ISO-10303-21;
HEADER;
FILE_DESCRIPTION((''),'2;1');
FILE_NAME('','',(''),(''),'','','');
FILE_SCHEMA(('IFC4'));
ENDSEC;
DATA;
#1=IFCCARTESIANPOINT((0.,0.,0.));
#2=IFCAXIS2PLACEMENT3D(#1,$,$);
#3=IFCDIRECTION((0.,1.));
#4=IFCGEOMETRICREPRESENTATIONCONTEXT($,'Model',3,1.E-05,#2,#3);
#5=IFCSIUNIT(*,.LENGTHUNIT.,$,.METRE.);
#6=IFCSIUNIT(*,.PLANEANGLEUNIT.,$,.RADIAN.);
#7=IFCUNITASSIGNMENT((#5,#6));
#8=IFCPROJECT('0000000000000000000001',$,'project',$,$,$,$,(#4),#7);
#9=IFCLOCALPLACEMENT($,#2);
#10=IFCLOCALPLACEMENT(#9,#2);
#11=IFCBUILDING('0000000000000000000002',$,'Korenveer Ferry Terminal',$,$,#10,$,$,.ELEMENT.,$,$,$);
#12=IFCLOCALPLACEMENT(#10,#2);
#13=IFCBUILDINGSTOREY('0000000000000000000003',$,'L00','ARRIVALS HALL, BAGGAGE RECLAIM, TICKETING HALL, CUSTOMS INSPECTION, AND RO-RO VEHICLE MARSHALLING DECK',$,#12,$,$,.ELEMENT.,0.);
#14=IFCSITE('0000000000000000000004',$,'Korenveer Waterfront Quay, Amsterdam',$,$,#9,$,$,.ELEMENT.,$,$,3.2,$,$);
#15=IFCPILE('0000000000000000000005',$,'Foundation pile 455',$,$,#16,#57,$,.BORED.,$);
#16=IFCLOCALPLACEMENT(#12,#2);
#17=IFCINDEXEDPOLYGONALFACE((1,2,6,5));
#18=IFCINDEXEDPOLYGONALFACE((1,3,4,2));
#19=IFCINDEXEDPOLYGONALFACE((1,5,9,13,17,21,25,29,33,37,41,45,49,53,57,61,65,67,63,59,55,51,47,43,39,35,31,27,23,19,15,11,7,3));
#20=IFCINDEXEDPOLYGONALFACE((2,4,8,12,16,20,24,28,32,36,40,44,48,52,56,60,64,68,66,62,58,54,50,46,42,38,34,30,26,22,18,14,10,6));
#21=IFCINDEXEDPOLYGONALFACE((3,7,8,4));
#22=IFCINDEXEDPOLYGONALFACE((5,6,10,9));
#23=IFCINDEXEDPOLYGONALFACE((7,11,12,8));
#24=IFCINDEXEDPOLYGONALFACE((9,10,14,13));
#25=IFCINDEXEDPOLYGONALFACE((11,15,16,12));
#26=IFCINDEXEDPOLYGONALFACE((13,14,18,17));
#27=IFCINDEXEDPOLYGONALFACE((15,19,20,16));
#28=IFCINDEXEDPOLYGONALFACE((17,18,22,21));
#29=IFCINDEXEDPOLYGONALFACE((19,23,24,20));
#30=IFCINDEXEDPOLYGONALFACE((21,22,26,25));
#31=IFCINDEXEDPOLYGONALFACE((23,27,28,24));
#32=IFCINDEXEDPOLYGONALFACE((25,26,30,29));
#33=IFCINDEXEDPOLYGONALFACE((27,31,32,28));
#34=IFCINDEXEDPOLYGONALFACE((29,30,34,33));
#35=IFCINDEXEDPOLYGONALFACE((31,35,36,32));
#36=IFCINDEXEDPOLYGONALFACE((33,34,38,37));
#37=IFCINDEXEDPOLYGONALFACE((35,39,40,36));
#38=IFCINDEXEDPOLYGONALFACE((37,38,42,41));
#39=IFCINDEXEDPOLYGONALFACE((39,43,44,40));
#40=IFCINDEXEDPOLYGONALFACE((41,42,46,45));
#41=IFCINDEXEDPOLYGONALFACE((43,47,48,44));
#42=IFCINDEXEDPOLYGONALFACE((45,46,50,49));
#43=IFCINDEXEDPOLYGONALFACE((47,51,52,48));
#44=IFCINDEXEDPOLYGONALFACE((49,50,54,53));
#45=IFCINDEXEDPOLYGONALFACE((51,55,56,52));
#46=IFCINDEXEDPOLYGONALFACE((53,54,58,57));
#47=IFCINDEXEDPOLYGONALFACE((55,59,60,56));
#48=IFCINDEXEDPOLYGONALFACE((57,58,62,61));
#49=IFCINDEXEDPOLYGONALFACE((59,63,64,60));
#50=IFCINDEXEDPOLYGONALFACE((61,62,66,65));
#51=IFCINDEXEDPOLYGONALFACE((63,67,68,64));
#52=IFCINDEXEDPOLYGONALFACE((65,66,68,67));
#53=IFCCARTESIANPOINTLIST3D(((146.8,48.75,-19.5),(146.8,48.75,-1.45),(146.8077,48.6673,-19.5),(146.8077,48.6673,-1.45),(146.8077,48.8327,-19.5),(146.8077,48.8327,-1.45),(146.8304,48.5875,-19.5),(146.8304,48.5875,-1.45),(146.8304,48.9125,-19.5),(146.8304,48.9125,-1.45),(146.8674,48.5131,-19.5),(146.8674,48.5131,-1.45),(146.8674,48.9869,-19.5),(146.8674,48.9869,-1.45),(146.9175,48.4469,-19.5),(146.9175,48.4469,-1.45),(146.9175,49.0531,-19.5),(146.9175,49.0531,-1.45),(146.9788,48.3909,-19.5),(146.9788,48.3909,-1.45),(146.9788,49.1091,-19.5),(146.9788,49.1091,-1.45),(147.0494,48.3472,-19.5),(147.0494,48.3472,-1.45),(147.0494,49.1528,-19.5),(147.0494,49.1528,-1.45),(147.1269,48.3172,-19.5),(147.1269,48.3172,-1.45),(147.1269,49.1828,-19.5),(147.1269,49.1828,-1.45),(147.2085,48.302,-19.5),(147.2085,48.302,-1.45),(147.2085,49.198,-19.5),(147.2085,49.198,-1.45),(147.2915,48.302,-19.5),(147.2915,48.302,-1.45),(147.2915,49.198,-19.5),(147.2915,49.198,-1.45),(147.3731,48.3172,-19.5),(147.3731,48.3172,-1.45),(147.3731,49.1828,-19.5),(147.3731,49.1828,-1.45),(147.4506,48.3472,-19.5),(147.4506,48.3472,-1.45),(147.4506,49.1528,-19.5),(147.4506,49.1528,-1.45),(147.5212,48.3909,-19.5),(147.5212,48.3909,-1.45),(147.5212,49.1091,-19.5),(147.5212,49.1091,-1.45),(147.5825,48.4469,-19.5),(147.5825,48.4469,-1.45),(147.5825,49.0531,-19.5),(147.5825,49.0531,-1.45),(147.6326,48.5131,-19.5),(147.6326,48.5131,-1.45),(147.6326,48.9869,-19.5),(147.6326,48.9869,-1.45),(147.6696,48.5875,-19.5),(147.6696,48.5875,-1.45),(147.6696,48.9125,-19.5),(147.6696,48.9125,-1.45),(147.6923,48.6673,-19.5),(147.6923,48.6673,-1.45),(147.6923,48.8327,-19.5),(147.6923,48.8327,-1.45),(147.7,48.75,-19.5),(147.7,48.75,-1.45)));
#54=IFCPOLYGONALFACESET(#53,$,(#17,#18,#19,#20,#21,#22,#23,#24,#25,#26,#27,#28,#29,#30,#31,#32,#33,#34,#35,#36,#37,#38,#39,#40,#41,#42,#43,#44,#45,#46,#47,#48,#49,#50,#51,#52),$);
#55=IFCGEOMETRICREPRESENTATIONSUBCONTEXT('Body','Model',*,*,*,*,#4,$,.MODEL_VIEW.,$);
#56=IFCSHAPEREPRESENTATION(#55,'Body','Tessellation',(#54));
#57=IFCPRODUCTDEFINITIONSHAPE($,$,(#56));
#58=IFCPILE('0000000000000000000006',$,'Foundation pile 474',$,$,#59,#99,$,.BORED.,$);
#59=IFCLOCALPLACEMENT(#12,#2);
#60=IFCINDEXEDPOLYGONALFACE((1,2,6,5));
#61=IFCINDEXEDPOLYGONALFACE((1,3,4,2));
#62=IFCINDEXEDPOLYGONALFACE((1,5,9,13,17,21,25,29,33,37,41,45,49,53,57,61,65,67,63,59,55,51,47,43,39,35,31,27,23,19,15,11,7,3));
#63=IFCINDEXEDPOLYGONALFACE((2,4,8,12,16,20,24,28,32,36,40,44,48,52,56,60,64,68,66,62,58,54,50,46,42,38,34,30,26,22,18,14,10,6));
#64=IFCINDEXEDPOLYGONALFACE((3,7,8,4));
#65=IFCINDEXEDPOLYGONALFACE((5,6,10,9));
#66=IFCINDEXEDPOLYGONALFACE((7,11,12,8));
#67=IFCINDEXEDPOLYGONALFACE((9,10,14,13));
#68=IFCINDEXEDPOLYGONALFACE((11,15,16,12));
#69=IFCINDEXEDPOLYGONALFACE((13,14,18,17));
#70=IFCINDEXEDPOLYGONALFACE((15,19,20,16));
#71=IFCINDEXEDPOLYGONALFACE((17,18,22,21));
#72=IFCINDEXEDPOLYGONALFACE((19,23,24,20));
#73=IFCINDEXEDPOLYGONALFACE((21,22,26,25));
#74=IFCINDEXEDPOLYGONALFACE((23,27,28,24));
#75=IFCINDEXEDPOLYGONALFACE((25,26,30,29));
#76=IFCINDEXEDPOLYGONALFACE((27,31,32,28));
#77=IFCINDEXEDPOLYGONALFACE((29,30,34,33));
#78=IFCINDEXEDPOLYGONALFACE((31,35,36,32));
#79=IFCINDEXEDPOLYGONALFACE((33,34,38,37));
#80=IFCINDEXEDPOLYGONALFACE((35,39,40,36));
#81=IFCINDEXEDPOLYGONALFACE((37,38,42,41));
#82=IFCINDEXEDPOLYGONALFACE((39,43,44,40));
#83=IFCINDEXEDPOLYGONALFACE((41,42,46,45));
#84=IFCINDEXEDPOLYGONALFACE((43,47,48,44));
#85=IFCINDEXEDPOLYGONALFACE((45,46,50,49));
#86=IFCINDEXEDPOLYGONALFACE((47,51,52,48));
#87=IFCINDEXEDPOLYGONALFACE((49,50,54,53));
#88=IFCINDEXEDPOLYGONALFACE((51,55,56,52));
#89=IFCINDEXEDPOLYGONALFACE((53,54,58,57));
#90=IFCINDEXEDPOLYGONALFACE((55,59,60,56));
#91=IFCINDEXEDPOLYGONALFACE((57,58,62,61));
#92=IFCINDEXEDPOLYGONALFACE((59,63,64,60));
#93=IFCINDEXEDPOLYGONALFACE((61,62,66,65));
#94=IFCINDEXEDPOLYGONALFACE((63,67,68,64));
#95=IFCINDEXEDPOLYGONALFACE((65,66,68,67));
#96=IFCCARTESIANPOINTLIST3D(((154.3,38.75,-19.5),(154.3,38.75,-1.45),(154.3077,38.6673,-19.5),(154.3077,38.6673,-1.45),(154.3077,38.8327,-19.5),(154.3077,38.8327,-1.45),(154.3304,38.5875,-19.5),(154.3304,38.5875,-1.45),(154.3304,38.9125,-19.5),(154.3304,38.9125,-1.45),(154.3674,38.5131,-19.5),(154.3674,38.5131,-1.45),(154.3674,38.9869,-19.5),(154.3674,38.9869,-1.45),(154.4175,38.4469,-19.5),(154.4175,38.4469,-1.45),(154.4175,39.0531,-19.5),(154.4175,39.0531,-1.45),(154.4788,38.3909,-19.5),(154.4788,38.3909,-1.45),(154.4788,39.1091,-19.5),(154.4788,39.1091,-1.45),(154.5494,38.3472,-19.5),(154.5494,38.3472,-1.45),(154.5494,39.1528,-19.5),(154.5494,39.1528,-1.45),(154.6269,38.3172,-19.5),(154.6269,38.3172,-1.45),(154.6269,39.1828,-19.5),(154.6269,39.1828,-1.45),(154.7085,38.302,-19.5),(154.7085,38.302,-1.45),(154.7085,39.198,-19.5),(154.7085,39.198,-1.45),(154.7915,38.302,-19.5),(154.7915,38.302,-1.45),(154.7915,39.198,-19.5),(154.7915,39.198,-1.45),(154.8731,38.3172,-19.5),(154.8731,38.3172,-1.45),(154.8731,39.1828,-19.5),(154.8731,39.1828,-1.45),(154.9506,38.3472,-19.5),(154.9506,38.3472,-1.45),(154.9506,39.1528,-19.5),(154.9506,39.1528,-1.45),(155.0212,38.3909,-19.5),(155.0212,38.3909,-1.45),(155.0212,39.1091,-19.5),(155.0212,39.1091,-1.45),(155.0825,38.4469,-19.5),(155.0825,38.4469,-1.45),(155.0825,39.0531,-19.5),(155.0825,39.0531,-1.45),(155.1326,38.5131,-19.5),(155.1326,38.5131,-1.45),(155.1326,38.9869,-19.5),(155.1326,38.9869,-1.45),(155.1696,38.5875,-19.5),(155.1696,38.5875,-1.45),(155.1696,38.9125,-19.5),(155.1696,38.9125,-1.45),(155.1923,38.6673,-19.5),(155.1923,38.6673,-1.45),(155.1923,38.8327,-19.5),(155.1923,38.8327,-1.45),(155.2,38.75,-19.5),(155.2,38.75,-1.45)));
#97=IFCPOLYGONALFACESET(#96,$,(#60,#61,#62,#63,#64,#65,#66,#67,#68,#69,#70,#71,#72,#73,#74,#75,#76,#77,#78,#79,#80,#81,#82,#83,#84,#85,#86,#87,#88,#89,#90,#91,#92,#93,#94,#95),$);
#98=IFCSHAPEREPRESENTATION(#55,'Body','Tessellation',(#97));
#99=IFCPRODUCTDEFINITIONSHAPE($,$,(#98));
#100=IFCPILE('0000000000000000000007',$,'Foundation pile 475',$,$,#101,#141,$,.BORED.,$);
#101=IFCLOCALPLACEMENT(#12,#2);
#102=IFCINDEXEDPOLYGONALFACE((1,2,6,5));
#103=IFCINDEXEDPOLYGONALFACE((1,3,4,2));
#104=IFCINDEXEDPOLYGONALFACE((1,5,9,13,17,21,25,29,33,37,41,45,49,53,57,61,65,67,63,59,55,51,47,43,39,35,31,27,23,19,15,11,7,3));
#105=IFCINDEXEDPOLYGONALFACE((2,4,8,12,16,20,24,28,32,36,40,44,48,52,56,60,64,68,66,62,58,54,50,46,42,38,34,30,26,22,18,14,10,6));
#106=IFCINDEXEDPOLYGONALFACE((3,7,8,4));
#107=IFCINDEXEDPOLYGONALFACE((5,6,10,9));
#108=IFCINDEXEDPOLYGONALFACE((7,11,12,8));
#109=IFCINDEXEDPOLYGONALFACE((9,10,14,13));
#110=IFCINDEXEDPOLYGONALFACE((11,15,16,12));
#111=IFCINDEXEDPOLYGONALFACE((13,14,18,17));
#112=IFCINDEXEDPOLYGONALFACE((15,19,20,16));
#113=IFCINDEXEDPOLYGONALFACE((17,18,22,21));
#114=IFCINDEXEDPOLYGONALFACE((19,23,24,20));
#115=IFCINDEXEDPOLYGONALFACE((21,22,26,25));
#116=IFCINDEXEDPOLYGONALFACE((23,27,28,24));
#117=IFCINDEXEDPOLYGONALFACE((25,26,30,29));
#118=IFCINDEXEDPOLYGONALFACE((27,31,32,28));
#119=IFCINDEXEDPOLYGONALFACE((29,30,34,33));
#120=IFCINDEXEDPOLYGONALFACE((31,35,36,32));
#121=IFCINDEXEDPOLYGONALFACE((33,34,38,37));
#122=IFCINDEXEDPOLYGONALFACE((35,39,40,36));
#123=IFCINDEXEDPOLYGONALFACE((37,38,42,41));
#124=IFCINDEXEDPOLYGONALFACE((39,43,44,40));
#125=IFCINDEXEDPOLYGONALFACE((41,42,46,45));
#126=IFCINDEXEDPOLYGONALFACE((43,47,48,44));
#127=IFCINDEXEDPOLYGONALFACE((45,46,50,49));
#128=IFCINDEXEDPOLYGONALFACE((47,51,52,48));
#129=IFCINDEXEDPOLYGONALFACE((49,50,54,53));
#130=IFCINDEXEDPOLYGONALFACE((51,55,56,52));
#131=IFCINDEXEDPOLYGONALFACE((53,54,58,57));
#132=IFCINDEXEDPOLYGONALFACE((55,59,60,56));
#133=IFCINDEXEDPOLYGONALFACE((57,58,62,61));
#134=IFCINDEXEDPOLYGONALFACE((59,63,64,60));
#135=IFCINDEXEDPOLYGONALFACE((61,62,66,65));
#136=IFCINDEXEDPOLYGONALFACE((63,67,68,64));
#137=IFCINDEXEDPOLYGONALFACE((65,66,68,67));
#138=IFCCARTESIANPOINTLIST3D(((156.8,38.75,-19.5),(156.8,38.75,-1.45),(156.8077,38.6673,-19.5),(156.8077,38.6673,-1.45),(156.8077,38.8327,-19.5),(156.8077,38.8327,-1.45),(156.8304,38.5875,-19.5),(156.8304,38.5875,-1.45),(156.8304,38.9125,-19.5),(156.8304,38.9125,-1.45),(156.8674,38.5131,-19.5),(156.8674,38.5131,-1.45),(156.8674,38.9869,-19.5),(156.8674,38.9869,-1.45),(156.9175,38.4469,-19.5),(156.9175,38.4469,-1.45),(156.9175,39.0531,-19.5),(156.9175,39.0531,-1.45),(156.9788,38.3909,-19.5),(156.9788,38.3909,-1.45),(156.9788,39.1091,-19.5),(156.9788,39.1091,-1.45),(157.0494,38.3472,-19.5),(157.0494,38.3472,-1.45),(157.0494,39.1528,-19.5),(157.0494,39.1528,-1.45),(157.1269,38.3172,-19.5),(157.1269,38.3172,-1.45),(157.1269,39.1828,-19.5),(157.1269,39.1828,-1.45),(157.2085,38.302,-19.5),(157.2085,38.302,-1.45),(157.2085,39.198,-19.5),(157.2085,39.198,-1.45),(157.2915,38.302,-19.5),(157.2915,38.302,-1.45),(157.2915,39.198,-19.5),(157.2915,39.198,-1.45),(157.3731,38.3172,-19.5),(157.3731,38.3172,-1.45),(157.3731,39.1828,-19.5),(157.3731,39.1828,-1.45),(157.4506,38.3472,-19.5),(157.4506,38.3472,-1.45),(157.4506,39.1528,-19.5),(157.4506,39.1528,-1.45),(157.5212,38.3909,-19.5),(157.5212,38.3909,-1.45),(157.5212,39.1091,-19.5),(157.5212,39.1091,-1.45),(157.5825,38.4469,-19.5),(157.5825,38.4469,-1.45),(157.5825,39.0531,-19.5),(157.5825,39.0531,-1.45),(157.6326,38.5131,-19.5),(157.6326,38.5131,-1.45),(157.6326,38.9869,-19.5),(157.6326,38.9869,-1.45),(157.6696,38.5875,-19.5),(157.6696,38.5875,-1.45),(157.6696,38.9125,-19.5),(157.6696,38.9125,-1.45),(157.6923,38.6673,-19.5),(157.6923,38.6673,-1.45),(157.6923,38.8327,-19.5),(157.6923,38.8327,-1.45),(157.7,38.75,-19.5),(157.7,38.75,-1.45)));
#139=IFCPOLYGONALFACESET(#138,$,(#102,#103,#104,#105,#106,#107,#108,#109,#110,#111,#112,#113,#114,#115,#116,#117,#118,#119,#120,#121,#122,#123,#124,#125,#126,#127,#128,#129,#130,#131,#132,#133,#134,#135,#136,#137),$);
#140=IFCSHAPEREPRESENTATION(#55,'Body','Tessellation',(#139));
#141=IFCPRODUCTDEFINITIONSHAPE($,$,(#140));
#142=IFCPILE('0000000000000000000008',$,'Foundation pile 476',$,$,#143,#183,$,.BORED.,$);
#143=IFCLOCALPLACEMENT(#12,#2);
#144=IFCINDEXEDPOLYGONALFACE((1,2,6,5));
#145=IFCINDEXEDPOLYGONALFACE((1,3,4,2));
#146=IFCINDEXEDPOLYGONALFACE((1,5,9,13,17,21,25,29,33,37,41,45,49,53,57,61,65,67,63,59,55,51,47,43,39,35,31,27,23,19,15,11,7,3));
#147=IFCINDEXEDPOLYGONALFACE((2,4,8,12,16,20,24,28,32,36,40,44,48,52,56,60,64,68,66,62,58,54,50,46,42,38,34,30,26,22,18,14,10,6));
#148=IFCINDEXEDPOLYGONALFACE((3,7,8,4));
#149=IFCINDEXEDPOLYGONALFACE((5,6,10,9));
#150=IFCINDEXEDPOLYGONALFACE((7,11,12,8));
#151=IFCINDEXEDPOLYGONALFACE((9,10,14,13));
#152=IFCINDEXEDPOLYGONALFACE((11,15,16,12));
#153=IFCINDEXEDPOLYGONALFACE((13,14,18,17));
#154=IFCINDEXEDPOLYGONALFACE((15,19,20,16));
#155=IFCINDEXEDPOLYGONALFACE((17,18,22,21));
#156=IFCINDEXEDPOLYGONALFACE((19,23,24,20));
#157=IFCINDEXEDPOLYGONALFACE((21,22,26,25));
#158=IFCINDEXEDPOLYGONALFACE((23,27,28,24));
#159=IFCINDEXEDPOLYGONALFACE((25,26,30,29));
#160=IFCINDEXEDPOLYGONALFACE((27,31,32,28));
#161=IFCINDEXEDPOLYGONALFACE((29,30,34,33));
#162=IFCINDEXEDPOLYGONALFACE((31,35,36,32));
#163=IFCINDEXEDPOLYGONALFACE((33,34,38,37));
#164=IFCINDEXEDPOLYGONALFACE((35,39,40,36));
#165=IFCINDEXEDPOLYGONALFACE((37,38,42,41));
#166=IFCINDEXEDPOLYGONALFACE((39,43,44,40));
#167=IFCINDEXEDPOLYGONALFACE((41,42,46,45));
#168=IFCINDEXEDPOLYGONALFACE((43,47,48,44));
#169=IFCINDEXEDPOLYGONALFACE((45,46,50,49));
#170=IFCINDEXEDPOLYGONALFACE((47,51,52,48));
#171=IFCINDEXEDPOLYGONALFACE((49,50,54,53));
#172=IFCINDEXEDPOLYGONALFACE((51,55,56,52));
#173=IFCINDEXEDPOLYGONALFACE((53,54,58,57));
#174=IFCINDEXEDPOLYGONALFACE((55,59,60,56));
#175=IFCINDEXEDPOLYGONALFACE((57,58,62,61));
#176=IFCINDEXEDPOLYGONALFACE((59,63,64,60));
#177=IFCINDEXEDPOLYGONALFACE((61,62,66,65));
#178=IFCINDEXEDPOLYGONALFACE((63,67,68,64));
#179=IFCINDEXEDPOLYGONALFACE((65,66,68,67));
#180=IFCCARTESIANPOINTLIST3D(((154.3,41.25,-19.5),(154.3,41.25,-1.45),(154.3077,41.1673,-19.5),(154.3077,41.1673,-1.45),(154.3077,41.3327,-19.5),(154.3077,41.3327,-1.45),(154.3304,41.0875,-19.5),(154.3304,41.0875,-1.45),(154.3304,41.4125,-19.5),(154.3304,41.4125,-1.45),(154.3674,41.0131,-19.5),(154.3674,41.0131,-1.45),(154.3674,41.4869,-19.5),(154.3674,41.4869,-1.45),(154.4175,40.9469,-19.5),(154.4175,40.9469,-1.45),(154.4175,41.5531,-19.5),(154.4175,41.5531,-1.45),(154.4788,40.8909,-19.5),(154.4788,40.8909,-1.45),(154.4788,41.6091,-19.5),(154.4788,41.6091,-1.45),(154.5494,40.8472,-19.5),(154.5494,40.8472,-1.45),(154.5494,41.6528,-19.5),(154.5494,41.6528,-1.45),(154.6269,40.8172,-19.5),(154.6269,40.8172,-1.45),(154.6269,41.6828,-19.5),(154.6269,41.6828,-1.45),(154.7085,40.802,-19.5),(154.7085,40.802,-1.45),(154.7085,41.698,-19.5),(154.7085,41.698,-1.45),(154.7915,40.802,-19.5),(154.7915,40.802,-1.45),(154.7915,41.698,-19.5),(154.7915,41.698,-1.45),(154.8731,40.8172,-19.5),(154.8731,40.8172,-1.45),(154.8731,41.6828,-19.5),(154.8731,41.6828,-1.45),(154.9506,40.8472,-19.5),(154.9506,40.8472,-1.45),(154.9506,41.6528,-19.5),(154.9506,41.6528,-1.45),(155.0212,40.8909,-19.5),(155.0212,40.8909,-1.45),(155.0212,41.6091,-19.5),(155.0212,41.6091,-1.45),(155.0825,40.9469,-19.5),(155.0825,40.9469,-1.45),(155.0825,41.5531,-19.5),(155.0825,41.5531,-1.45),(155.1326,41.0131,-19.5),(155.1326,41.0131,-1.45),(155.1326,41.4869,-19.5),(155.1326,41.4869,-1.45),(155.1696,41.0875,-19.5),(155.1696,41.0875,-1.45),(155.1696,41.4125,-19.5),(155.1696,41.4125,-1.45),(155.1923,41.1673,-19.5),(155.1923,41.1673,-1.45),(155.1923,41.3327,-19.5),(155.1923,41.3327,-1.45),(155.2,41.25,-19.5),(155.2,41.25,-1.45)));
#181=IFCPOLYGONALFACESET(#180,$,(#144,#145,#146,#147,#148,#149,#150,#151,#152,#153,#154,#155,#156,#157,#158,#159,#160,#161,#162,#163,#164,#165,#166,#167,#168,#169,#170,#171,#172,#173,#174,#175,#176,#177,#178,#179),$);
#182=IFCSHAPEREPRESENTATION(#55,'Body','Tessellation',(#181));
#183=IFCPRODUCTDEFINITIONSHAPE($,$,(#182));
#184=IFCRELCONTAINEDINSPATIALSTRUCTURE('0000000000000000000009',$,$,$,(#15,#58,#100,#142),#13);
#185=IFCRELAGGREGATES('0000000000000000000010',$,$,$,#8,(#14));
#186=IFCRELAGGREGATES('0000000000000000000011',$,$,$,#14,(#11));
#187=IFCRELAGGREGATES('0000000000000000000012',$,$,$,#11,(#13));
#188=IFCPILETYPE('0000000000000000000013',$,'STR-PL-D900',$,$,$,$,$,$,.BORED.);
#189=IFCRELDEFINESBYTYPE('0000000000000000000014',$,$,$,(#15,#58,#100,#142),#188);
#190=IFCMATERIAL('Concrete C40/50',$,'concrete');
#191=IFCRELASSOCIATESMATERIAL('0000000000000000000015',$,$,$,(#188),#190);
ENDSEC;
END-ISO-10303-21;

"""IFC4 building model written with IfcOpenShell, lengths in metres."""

from ifc_helpers import new_model, si_unit, direction, frame, origin, origin_2d, place, context, subcontext, project, spatial, circle, extrude, material, material_profile, profile_set, type_object, element, save


model = new_model("IFC4")

# Units and contexts
model_context = context("Model", 3, precision=1e-05, world=origin(), true_north=direction((0.0, 1.0)))
body_context = subcontext(model_context, "Body", "Model", "MODEL_VIEW")
ifc_project = project(units=[si_unit("LENGTHUNIT", "METRE"), si_unit("PLANEANGLEUNIT", "RADIAN")], contexts=[model_context])

# Site, building, storey
site_placement = place(None, origin())
site = spatial("IfcSite", under=ifc_project, at=site_placement, Name="Korenveer Waterfront Quay, Amsterdam", CompositionType="ELEMENT", RefElevation=3.2)
building_placement = place(site_placement, origin())
building = spatial("IfcBuilding", under=site, at=building_placement, Name="Korenveer Ferry Terminal", CompositionType="ELEMENT")
storey_placement = place(building_placement, origin())
storey = spatial("IfcBuildingStorey", under=building, at=storey_placement, Name="L00", Description="ARRIVALS HALL, BAGGAGE RECLAIM, TICKETING HALL, CUSTOMS INSPECTION, AND RO-RO VEHICLE MARSHALLING DECK", CompositionType="ELEMENT", Elevation=0.0)

# Shared definitions
ifc_material_1 = material(Name="Concrete C40/50", Category="concrete")

# Piles
ifc_material_profile_1 = material_profile(ifc_material_1, circle(Radius=0.45, at=origin_2d()), Name="PILE D900")
ifc_profile_set_1 = profile_set([ifc_material_profile_1], Name="Concrete C40/50")
pile_type_1 = type_object("IfcPileType", Name="STR-PL-D900", PredefinedType="BORED", material=ifc_profile_set_1)
for number, where, z_axis, x_axis, name in (
    (1, (147.25, 48.75, -1.45), (0.0, 0.0, -1.0), (1.0, 0.0, 0.0), "Foundation pile 455"),
    (2, (154.75, 38.75, -1.45), (0.0, 0.0, -1.0), (1.0, 0.0, 0.0), "Foundation pile 474"),
    (3, (157.25, 38.75, -1.45), (0.0, 0.0, -1.0), (1.0, 0.0, 0.0), "Foundation pile 475"),
    (4, (154.75, 41.25, -1.45), (0.0, 0.0, -1.0), (1.0, 0.0, 0.0), "Foundation pile 476"),
):
    element("IfcPile", number, at=place(storey_placement, frame(where, z_axis=z_axis, x_axis=x_axis)), inside=storey, type_object=pile_type_1, Name=name, PredefinedType="BORED", context=body_context, shape_type="SweptSolid", body=[
        extrude(circle(Radius=0.45, at=origin_2d()), origin(), (0.0, 0.0, 1.0), 18.05),
    ])

save(model, "model.ifc")
